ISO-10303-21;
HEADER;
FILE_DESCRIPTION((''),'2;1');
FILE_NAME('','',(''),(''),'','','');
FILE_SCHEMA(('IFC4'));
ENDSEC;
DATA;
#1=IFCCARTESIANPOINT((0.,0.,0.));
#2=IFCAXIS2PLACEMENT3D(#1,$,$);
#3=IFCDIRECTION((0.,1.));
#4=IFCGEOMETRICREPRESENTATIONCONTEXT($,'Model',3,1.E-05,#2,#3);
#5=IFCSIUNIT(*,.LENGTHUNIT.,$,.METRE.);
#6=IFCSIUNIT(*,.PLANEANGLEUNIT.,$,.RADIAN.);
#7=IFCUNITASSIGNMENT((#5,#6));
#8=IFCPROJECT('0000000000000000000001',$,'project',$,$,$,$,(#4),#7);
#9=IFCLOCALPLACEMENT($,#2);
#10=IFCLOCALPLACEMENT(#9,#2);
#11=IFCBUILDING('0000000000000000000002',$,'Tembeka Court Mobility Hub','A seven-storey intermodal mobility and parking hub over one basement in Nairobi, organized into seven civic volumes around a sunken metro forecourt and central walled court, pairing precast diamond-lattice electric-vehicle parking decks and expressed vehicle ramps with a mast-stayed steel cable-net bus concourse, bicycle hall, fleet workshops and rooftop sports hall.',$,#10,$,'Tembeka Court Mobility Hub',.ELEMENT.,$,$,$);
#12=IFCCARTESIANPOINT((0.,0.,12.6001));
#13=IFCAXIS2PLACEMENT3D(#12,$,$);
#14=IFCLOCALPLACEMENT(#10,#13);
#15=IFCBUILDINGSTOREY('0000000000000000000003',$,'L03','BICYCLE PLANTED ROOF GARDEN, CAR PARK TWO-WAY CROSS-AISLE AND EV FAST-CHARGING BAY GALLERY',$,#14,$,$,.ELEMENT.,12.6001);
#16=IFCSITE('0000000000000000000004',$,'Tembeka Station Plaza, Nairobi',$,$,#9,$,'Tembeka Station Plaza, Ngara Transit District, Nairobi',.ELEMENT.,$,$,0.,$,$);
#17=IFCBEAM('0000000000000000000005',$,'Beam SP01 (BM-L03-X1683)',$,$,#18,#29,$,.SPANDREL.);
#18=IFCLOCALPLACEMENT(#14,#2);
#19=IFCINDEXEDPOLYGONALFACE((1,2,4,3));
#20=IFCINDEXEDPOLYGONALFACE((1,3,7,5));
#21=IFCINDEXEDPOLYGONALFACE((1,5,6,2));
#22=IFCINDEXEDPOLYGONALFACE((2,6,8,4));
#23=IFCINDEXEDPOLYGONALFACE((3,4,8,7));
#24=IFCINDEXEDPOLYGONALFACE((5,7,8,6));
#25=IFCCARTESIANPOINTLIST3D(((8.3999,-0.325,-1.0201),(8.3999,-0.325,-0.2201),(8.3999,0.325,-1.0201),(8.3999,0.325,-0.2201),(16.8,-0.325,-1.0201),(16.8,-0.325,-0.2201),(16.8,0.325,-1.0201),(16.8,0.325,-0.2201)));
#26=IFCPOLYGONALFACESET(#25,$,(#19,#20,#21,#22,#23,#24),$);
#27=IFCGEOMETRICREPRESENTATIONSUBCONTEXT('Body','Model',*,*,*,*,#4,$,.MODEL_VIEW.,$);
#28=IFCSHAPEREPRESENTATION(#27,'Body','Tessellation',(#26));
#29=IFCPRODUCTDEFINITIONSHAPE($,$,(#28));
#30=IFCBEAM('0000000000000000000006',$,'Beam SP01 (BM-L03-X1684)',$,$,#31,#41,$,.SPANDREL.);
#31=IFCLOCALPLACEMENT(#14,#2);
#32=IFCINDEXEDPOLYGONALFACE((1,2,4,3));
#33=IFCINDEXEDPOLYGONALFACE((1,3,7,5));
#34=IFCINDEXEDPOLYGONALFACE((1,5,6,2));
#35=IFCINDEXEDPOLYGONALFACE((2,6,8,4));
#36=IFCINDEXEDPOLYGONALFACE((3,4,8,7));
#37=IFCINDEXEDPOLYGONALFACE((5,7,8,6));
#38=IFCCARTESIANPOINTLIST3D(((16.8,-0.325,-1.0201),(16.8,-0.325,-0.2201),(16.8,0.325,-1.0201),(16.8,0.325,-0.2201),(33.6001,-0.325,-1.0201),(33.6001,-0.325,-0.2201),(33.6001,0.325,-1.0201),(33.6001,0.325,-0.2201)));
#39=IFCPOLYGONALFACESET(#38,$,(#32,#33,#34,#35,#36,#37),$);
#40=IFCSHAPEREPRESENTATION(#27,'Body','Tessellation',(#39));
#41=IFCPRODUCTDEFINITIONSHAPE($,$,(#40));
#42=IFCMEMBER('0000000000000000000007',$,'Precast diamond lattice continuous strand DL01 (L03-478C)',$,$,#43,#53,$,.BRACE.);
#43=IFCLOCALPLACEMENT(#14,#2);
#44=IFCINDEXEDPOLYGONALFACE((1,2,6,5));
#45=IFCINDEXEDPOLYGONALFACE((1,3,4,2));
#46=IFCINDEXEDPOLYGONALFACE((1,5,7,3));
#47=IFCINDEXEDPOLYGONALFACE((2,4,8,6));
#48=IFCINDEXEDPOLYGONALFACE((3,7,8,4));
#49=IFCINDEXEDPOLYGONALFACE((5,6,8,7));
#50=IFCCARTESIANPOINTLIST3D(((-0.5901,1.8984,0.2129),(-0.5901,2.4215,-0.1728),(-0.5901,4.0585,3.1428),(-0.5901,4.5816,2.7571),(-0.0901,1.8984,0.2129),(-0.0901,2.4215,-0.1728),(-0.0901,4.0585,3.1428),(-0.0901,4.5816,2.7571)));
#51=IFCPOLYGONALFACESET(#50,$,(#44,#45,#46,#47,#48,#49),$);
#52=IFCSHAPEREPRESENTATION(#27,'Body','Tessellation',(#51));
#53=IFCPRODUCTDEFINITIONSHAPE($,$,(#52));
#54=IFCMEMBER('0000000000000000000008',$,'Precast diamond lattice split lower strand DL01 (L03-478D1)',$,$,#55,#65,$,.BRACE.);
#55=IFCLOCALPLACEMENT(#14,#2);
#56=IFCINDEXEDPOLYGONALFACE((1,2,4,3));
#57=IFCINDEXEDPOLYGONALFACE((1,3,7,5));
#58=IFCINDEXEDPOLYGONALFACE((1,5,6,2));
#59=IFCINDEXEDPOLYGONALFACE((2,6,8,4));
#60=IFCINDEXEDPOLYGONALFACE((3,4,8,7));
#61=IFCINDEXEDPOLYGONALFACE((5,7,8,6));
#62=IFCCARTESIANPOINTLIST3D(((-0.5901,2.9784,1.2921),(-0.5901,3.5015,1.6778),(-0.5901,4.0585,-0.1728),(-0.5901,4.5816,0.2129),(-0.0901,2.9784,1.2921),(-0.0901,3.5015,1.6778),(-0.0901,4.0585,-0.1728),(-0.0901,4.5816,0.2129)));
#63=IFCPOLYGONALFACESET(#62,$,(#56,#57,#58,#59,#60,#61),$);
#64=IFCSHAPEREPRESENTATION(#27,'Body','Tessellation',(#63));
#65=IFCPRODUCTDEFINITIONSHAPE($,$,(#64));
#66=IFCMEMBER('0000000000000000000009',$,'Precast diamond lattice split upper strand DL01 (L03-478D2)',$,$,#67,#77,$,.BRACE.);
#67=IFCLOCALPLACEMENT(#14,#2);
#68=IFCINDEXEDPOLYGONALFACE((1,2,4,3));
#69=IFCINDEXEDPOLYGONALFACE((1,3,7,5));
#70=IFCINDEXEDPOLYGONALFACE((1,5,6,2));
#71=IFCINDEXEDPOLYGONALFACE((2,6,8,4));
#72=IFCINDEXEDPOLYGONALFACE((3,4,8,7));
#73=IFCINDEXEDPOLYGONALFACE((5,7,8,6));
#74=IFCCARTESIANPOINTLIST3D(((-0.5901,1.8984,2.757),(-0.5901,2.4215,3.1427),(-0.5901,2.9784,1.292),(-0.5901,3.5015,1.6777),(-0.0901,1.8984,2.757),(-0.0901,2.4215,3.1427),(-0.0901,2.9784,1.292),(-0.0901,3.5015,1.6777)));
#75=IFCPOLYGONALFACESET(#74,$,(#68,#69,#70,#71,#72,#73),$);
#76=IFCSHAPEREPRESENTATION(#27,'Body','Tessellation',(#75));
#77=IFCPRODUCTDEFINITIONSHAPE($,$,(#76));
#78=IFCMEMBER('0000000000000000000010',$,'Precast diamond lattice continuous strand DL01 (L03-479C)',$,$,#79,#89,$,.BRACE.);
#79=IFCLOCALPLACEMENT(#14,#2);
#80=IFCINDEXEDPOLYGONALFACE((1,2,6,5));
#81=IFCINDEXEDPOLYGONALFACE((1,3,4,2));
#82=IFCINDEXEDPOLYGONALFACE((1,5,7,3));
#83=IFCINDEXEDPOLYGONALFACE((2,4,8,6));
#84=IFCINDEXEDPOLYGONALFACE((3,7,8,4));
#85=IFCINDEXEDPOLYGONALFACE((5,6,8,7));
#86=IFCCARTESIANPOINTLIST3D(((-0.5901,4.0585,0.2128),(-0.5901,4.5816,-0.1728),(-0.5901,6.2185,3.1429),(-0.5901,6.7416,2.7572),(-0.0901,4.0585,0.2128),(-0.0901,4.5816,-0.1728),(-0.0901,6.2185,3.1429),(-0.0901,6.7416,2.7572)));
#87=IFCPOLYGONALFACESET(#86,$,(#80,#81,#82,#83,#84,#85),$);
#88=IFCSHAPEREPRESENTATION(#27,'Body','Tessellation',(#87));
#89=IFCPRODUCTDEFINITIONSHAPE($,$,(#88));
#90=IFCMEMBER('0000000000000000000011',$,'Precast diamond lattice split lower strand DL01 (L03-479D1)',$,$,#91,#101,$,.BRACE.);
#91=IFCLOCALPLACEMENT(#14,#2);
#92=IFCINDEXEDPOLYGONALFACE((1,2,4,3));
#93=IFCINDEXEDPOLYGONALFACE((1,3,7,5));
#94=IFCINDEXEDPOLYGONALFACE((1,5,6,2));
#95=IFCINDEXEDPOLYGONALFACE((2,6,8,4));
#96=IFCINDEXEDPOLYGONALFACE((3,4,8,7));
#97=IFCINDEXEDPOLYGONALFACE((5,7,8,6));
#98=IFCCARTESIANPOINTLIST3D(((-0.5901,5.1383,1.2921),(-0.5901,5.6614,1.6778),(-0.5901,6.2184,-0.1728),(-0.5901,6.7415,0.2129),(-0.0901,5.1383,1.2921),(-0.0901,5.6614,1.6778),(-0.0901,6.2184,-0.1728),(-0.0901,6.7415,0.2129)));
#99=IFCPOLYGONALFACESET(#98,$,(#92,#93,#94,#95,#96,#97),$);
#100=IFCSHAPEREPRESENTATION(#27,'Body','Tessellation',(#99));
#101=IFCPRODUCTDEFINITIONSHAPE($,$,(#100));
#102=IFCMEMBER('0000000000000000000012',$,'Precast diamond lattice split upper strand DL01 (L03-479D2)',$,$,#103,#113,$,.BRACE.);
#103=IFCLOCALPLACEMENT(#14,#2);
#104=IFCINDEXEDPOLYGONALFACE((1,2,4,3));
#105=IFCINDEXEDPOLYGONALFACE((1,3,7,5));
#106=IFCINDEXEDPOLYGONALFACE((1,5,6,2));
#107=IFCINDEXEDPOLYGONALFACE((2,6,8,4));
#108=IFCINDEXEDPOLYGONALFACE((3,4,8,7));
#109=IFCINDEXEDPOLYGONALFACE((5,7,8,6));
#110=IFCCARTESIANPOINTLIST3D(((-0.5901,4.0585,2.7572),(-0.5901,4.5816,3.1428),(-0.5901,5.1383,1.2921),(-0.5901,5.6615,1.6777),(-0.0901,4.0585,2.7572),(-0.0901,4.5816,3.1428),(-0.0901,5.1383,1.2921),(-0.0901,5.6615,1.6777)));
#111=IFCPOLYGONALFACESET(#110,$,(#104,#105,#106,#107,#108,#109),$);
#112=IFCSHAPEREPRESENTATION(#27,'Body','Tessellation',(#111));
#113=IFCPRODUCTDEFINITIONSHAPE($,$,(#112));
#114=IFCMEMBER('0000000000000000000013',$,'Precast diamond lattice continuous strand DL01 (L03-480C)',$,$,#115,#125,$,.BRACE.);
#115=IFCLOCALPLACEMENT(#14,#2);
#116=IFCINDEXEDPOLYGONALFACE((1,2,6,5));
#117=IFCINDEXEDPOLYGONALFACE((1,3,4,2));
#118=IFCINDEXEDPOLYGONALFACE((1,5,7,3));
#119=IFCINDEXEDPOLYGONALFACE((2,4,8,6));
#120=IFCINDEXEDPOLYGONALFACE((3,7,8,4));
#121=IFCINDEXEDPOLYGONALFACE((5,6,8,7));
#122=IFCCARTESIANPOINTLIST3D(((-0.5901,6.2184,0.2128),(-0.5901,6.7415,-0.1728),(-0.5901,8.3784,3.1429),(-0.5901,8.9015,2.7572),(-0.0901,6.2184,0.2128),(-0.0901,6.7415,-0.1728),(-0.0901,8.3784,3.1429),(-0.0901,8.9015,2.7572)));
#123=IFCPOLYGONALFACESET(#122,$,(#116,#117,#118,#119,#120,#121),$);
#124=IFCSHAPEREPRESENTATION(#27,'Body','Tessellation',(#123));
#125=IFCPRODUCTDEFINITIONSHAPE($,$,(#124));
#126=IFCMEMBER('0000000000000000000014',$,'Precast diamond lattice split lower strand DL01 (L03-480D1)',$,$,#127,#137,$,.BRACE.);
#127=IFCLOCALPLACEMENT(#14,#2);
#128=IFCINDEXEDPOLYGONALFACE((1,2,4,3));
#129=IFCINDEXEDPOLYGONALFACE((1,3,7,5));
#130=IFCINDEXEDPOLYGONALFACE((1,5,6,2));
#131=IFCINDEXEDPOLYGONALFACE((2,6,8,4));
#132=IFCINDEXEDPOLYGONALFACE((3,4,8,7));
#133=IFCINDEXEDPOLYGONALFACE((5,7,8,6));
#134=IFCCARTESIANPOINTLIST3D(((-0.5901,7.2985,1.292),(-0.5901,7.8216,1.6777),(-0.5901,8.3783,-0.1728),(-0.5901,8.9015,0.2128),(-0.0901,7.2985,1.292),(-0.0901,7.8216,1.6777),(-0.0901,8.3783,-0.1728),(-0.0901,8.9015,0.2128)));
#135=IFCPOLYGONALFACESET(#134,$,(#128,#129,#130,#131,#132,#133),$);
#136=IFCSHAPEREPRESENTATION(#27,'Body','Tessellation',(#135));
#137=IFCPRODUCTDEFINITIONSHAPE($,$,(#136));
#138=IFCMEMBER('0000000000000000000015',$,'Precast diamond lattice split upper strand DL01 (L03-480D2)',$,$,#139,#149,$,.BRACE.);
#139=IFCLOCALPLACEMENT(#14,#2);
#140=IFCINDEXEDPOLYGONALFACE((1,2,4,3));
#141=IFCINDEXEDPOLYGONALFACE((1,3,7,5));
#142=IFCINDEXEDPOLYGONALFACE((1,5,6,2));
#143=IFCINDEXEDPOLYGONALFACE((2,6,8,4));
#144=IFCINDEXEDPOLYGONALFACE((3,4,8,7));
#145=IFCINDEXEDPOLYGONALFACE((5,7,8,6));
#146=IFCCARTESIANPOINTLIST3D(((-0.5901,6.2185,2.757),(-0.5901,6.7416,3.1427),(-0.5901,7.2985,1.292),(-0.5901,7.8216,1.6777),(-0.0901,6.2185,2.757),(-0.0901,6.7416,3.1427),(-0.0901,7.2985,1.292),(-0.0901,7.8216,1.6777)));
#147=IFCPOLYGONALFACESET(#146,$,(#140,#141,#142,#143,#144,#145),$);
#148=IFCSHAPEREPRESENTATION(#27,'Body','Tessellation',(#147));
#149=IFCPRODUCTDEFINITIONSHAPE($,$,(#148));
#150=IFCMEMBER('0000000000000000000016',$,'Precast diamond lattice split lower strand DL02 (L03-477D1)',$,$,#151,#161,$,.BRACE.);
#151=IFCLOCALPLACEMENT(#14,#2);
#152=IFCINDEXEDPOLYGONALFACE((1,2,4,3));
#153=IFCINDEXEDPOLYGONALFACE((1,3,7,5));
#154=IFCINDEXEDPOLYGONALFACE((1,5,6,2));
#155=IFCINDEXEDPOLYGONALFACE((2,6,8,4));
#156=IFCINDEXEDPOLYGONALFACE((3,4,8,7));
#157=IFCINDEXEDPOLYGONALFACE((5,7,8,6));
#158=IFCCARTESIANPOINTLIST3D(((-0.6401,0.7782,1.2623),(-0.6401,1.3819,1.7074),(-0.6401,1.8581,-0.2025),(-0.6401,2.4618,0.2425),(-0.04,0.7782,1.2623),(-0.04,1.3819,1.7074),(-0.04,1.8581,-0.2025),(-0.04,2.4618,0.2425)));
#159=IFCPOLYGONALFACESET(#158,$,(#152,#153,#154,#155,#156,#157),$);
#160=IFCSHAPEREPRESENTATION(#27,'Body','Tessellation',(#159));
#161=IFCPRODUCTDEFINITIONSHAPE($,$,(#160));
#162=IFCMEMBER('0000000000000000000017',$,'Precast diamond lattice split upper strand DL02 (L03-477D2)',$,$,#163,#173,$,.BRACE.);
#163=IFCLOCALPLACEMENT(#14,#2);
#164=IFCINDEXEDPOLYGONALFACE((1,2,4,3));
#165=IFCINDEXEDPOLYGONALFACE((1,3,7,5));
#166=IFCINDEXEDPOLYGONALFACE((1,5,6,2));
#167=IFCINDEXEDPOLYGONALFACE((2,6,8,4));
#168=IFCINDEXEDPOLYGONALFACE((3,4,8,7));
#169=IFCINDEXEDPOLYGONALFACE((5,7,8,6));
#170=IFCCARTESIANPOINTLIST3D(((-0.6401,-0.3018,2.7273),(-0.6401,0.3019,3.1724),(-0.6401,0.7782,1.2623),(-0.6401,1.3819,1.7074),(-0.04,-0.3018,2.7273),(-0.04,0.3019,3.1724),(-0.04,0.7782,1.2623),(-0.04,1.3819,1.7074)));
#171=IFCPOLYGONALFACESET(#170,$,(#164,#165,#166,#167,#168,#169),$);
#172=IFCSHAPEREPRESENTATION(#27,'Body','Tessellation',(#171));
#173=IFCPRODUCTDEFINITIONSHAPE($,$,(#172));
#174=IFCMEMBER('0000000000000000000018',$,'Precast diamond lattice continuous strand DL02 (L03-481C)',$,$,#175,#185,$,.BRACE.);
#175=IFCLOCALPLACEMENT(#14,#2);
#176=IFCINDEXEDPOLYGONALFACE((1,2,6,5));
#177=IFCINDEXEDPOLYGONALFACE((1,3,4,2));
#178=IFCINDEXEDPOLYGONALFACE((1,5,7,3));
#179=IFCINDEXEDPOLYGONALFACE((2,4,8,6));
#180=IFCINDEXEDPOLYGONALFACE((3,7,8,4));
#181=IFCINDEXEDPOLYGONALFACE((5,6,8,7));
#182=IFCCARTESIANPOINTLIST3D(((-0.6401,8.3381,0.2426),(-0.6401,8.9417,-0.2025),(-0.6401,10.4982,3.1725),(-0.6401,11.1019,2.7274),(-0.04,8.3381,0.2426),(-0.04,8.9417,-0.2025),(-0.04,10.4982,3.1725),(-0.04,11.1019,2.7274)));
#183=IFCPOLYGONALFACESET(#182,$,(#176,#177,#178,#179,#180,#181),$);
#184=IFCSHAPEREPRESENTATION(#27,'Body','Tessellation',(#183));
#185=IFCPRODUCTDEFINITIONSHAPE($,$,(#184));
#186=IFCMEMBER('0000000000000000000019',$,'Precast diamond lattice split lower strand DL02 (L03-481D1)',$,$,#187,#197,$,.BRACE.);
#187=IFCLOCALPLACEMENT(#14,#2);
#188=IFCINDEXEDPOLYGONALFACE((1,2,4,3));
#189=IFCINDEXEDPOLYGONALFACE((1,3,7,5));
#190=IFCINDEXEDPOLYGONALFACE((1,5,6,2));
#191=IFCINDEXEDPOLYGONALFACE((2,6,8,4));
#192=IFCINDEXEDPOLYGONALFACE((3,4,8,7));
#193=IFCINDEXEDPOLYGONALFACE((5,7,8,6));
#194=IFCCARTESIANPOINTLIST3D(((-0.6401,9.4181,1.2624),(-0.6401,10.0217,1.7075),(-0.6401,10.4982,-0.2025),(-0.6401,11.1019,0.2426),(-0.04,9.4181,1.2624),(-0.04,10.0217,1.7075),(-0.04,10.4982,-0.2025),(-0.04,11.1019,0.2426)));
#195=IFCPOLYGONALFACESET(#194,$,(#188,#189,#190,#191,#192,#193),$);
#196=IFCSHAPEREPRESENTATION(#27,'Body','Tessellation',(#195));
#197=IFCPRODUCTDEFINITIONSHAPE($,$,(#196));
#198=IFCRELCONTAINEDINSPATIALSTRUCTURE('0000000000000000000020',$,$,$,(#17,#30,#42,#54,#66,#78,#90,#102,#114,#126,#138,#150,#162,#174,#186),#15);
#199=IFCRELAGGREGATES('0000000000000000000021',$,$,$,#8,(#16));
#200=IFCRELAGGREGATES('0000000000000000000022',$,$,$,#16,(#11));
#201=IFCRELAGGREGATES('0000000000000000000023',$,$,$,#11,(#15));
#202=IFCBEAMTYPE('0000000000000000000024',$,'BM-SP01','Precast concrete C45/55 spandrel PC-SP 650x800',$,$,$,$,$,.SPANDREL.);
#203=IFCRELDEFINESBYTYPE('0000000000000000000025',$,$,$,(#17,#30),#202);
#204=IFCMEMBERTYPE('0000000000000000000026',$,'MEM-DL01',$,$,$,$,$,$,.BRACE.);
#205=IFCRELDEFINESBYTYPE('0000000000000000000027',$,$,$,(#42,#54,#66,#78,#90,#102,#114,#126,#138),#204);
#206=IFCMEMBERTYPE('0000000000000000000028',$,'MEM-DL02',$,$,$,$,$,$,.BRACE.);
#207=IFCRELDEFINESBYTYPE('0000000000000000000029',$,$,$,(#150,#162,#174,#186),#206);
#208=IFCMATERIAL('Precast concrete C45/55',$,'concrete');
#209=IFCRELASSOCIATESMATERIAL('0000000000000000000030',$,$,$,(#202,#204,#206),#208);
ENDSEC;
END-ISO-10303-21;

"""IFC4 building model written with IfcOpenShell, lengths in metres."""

from ifc_helpers import new_model, si_unit, direction, frame, origin, origin_2d, place, context, subcontext, project, spatial, rectangle, extrude, material, material_profile, profile_set, type_object, element, save


model = new_model("IFC4")

# Units and contexts
model_context = context("Model", 3, precision=1e-05, world=origin(), true_north=direction((0.0, 1.0)))
body_context = subcontext(model_context, "Body", "Model", "MODEL_VIEW")
ifc_project = project(units=[si_unit("LENGTHUNIT", "METRE"), si_unit("PLANEANGLEUNIT", "RADIAN")], contexts=[model_context])

# Site, building, storey
site_placement = place(None, origin())
site = spatial("IfcSite", under=ifc_project, at=site_placement, Name="Tembeka Station Plaza, Nairobi", LongName="Tembeka Station Plaza, Ngara Transit District, Nairobi", CompositionType="ELEMENT", RefElevation=0.0)
building_placement = place(site_placement, origin())
building = spatial("IfcBuilding", under=site, at=building_placement, Name="Tembeka Court Mobility Hub", Description="A seven-storey intermodal mobility and parking hub over one basement in Nairobi, organized into seven civic volumes around a sunken metro forecourt and central walled court, pairing precast diamond-lattice electric-vehicle parking decks and expressed vehicle ramps with a mast-stayed steel cable-net bus concourse, bicycle hall, fleet workshops and rooftop sports hall.", LongName="Tembeka Court Mobility Hub", CompositionType="ELEMENT")
storey_placement = place(building_placement, frame((0.0, 0.0, 12.6001)))
storey = spatial("IfcBuildingStorey", under=building, at=storey_placement, Name="L03", Description="BICYCLE PLANTED ROOF GARDEN, CAR PARK TWO-WAY CROSS-AISLE AND EV FAST-CHARGING BAY GALLERY", CompositionType="ELEMENT", Elevation=12.6001)

# Beams
ifc_material_1 = material(Name="Precast concrete C45/55", Category="concrete")
ifc_material_profile_1 = material_profile(ifc_material_1, rectangle(XDim=0.6499, YDim=0.8, at=origin_2d()), Name="PC-SP 650x800")
ifc_profile_set_1 = profile_set([ifc_material_profile_1], Name="Precast concrete C45/55")
beam_type_1 = type_object("IfcBeamType", Name="BM-SP01", Description="Precast concrete C45/55 spandrel PC-SP 650x800", PredefinedType="SPANDREL", material=ifc_profile_set_1)
beam_1_placement = place(storey_placement, frame((8.3999, 0.0, -0.6201), z_axis=(1.0, 0.0, 0.0), x_axis=(0.0, 1.0, 0.0)))
element("IfcBeam", 1, at=beam_1_placement, inside=storey, type_object=beam_type_1, Name="Beam SP01 (BM-L03-X1683)", PredefinedType="SPANDREL", context=body_context, shape_type="SweptSolid", body=[
    extrude(rectangle(XDim=0.6499, YDim=0.8, at=origin_2d()), origin(), (0.0, 0.0, 1.0), 8.4001),
])
beam_2_placement = place(storey_placement, frame((16.8, 0.0, -0.6201), z_axis=(1.0, 0.0, 0.0), x_axis=(0.0, 1.0, 0.0)))
element("IfcBeam", 2, at=beam_2_placement, inside=storey, type_object=beam_type_1, Name="Beam SP01 (BM-L03-X1684)", PredefinedType="SPANDREL", context=body_context, shape_type="SweptSolid", body=[
    extrude(rectangle(XDim=0.6499, YDim=0.8, at=origin_2d()), origin(), (0.0, 0.0, 1.0), 16.8),
])

# Members
ifc_material_profile_2 = material_profile(ifc_material_1, rectangle(XDim=0.5, YDim=0.6499, at=origin_2d()), Name="PC-DIAG 500x650")
ifc_profile_set_2 = profile_set([ifc_material_profile_2], Name="Precast concrete C45/55")
member_type_1 = type_object("IfcMemberType", Name="MEM-DL01", PredefinedType="BRACE", material=ifc_profile_set_2)
member_1_placement = place(storey_placement, frame((-0.3401, 2.1599, 0.02), z_axis=(0.0, 0.593423, 0.804891), x_axis=(-1.0, 0.0, 0.0)))
element("IfcMember", 3, at=member_1_placement, inside=storey, type_object=member_type_1, Name="Precast diamond lattice continuous strand DL01 (L03-478C)", PredefinedType="BRACE", context=body_context, shape_type="SweptSolid", body=[
    extrude(rectangle(XDim=0.5, YDim=0.6499, at=origin_2d()), origin(), (0.0, 0.0, 1.0), 3.6401),
])
for number, where, z_axis, x_axis, name in (
    (4, (-0.3401, 4.3201, 0.02), (0.0, -0.593455, 0.804867), (1.0, 0.0, 0.0), "Precast diamond lattice split lower strand DL01 (L03-478D1)"),
    (5, (-0.3401, 3.24, 1.4849), (0.0, -0.593391, 0.804914), (1.0, 0.0, 0.0), "Precast diamond lattice split upper strand DL01 (L03-478D2)"),
):
    element("IfcMember", number, at=place(storey_placement, frame(where, z_axis=z_axis, x_axis=x_axis)), inside=storey, type_object=member_type_1, Name=name, PredefinedType="BRACE", context=body_context, shape_type="SweptSolid", body=[
        extrude(rectangle(XDim=0.5, YDim=0.6499, at=origin_2d()), origin(), (0.0, 0.0, 1.0), 1.8201),
    ])
member_2_placement = place(storey_placement, frame((-0.3401, 4.3201, 0.02), z_axis=(0.0, 0.59338, 0.804923), x_axis=(-1.0, 0.0, 0.0)))
element("IfcMember", 6, at=member_2_placement, inside=storey, type_object=member_type_1, Name="Precast diamond lattice continuous strand DL01 (L03-479C)", PredefinedType="BRACE", context=body_context, shape_type="SweptSolid", body=[
    extrude(rectangle(XDim=0.5, YDim=0.6499, at=origin_2d()), origin(), (0.0, 0.0, 1.0), 3.6401),
])
for number, where, z_axis, x_axis, name in (
    (7, (-0.3401, 6.48, 0.02), (0.0, -0.593455, 0.804867), (1.0, 0.0, 0.0), "Precast diamond lattice split lower strand DL01 (L03-479D1)"),
    (8, (-0.3401, 5.3999, 1.4849), (0.0, -0.593304, 0.804978), (1.0, 0.0, 0.0), "Precast diamond lattice split upper strand DL01 (L03-479D2)"),
):
    element("IfcMember", number, at=place(storey_placement, frame(where, z_axis=z_axis, x_axis=x_axis)), inside=storey, type_object=member_type_1, Name=name, PredefinedType="BRACE", context=body_context, shape_type="SweptSolid", body=[
        extrude(rectangle(XDim=0.5, YDim=0.6499, at=origin_2d()), origin(), (0.0, 0.0, 1.0), 1.8201),
    ])
member_3_placement = place(storey_placement, frame((-0.3401, 6.48, 0.02), z_axis=(0.0, 0.59338, 0.804923), x_axis=(-1.0, 0.0, 0.0)))
element("IfcMember", 9, at=member_3_placement, inside=storey, type_object=member_type_1, Name="Precast diamond lattice continuous strand DL01 (L03-480C)", PredefinedType="BRACE", context=body_context, shape_type="SweptSolid", body=[
    extrude(rectangle(XDim=0.5, YDim=0.6499, at=origin_2d()), origin(), (0.0, 0.0, 1.0), 3.6401),
])
member_4_placement = place(storey_placement, frame((-0.3401, 8.6399, 0.02), z_axis=(0.0, -0.593368, 0.804931), x_axis=(1.0, 0.0, 0.0)))
element("IfcMember", 10, at=member_4_placement, inside=storey, type_object=member_type_1, Name="Precast diamond lattice split lower strand DL01 (L03-480D1)", PredefinedType="BRACE", context=body_context, shape_type="SweptSolid", body=[
    extrude(rectangle(XDim=0.5, YDim=0.6499, at=origin_2d()), origin(), (0.0, 0.0, 1.0), 1.8198),
])
member_5_placement = place(storey_placement, frame((-0.3401, 7.5601, 1.4849), z_axis=(0.0, -0.593391, 0.804914), x_axis=(1.0, 0.0, 0.0)))
element("IfcMember", 11, at=member_5_placement, inside=storey, type_object=member_type_1, Name="Precast diamond lattice split upper strand DL01 (L03-480D2)", PredefinedType="BRACE", context=body_context, shape_type="SweptSolid", body=[
    extrude(rectangle(XDim=0.5, YDim=0.6499, at=origin_2d()), origin(), (0.0, 0.0, 1.0), 1.8201),
])
ifc_material_profile_3 = material_profile(ifc_material_1, rectangle(XDim=0.6001, YDim=0.75, at=origin_2d()), Name="PC-DIAG 600x750")
ifc_profile_set_3 = profile_set([ifc_material_profile_3], Name="Precast concrete C45/55")
member_type_2 = type_object("IfcMemberType", Name="MEM-DL02", PredefinedType="BRACE", material=ifc_profile_set_3)
member_6_placement = place(storey_placement, frame((-0.3401, 2.1599, 0.02), z_axis=(0.0, -0.593368, 0.804931), x_axis=(1.0, 0.0, 0.0)))
element("IfcMember", 12, at=member_6_placement, inside=storey, type_object=member_type_2, Name="Precast diamond lattice split lower strand DL02 (L03-477D1)", PredefinedType="BRACE", context=body_context, shape_type="SweptSolid", body=[
    extrude(rectangle(XDim=0.6001, YDim=0.75, at=origin_2d()), origin(), (0.0, 0.0, 1.0), 1.8198),
])
member_7_placement = place(storey_placement, frame((-0.3401, 1.0801, 1.4849), z_axis=(0.0, -0.593391, 0.804914), x_axis=(1.0, 0.0, 0.0)))
element("IfcMember", 13, at=member_7_placement, inside=storey, type_object=member_type_2, Name="Precast diamond lattice split upper strand DL02 (L03-477D2)", PredefinedType="BRACE", context=body_context, shape_type="SweptSolid", body=[
    extrude(rectangle(XDim=0.6001, YDim=0.75, at=origin_2d()), origin(), (0.0, 0.0, 1.0), 1.8201),
])
member_8_placement = place(storey_placement, frame((-0.3401, 8.6399, 0.02), z_axis=(0.0, 0.593423, 0.804891), x_axis=(-1.0, 0.0, 0.0)))
element("IfcMember", 14, at=member_8_placement, inside=storey, type_object=member_type_2, Name="Precast diamond lattice continuous strand DL02 (L03-481C)", PredefinedType="BRACE", context=body_context, shape_type="SweptSolid", body=[
    extrude(rectangle(XDim=0.6001, YDim=0.75, at=origin_2d()), origin(), (0.0, 0.0, 1.0), 3.6401),
])
for number, where, z_axis, x_axis, name in (
    (15, (-0.3401, 10.8, 0.02), (0.0, -0.593455, 0.804867), (1.0, 0.0, 0.0), "Precast diamond lattice split lower strand DL02 (L03-481D1)"),
):
    element("IfcMember", number, at=place(storey_placement, frame(where, z_axis=z_axis, x_axis=x_axis)), inside=storey, type_object=member_type_2, Name=name, PredefinedType="BRACE", context=body_context, shape_type="SweptSolid", body=[
        extrude(rectangle(XDim=0.6001, YDim=0.75, at=origin_2d()), origin(), (0.0, 0.0, 1.0), 1.8201),
    ])

save(model, "model.ifc")
